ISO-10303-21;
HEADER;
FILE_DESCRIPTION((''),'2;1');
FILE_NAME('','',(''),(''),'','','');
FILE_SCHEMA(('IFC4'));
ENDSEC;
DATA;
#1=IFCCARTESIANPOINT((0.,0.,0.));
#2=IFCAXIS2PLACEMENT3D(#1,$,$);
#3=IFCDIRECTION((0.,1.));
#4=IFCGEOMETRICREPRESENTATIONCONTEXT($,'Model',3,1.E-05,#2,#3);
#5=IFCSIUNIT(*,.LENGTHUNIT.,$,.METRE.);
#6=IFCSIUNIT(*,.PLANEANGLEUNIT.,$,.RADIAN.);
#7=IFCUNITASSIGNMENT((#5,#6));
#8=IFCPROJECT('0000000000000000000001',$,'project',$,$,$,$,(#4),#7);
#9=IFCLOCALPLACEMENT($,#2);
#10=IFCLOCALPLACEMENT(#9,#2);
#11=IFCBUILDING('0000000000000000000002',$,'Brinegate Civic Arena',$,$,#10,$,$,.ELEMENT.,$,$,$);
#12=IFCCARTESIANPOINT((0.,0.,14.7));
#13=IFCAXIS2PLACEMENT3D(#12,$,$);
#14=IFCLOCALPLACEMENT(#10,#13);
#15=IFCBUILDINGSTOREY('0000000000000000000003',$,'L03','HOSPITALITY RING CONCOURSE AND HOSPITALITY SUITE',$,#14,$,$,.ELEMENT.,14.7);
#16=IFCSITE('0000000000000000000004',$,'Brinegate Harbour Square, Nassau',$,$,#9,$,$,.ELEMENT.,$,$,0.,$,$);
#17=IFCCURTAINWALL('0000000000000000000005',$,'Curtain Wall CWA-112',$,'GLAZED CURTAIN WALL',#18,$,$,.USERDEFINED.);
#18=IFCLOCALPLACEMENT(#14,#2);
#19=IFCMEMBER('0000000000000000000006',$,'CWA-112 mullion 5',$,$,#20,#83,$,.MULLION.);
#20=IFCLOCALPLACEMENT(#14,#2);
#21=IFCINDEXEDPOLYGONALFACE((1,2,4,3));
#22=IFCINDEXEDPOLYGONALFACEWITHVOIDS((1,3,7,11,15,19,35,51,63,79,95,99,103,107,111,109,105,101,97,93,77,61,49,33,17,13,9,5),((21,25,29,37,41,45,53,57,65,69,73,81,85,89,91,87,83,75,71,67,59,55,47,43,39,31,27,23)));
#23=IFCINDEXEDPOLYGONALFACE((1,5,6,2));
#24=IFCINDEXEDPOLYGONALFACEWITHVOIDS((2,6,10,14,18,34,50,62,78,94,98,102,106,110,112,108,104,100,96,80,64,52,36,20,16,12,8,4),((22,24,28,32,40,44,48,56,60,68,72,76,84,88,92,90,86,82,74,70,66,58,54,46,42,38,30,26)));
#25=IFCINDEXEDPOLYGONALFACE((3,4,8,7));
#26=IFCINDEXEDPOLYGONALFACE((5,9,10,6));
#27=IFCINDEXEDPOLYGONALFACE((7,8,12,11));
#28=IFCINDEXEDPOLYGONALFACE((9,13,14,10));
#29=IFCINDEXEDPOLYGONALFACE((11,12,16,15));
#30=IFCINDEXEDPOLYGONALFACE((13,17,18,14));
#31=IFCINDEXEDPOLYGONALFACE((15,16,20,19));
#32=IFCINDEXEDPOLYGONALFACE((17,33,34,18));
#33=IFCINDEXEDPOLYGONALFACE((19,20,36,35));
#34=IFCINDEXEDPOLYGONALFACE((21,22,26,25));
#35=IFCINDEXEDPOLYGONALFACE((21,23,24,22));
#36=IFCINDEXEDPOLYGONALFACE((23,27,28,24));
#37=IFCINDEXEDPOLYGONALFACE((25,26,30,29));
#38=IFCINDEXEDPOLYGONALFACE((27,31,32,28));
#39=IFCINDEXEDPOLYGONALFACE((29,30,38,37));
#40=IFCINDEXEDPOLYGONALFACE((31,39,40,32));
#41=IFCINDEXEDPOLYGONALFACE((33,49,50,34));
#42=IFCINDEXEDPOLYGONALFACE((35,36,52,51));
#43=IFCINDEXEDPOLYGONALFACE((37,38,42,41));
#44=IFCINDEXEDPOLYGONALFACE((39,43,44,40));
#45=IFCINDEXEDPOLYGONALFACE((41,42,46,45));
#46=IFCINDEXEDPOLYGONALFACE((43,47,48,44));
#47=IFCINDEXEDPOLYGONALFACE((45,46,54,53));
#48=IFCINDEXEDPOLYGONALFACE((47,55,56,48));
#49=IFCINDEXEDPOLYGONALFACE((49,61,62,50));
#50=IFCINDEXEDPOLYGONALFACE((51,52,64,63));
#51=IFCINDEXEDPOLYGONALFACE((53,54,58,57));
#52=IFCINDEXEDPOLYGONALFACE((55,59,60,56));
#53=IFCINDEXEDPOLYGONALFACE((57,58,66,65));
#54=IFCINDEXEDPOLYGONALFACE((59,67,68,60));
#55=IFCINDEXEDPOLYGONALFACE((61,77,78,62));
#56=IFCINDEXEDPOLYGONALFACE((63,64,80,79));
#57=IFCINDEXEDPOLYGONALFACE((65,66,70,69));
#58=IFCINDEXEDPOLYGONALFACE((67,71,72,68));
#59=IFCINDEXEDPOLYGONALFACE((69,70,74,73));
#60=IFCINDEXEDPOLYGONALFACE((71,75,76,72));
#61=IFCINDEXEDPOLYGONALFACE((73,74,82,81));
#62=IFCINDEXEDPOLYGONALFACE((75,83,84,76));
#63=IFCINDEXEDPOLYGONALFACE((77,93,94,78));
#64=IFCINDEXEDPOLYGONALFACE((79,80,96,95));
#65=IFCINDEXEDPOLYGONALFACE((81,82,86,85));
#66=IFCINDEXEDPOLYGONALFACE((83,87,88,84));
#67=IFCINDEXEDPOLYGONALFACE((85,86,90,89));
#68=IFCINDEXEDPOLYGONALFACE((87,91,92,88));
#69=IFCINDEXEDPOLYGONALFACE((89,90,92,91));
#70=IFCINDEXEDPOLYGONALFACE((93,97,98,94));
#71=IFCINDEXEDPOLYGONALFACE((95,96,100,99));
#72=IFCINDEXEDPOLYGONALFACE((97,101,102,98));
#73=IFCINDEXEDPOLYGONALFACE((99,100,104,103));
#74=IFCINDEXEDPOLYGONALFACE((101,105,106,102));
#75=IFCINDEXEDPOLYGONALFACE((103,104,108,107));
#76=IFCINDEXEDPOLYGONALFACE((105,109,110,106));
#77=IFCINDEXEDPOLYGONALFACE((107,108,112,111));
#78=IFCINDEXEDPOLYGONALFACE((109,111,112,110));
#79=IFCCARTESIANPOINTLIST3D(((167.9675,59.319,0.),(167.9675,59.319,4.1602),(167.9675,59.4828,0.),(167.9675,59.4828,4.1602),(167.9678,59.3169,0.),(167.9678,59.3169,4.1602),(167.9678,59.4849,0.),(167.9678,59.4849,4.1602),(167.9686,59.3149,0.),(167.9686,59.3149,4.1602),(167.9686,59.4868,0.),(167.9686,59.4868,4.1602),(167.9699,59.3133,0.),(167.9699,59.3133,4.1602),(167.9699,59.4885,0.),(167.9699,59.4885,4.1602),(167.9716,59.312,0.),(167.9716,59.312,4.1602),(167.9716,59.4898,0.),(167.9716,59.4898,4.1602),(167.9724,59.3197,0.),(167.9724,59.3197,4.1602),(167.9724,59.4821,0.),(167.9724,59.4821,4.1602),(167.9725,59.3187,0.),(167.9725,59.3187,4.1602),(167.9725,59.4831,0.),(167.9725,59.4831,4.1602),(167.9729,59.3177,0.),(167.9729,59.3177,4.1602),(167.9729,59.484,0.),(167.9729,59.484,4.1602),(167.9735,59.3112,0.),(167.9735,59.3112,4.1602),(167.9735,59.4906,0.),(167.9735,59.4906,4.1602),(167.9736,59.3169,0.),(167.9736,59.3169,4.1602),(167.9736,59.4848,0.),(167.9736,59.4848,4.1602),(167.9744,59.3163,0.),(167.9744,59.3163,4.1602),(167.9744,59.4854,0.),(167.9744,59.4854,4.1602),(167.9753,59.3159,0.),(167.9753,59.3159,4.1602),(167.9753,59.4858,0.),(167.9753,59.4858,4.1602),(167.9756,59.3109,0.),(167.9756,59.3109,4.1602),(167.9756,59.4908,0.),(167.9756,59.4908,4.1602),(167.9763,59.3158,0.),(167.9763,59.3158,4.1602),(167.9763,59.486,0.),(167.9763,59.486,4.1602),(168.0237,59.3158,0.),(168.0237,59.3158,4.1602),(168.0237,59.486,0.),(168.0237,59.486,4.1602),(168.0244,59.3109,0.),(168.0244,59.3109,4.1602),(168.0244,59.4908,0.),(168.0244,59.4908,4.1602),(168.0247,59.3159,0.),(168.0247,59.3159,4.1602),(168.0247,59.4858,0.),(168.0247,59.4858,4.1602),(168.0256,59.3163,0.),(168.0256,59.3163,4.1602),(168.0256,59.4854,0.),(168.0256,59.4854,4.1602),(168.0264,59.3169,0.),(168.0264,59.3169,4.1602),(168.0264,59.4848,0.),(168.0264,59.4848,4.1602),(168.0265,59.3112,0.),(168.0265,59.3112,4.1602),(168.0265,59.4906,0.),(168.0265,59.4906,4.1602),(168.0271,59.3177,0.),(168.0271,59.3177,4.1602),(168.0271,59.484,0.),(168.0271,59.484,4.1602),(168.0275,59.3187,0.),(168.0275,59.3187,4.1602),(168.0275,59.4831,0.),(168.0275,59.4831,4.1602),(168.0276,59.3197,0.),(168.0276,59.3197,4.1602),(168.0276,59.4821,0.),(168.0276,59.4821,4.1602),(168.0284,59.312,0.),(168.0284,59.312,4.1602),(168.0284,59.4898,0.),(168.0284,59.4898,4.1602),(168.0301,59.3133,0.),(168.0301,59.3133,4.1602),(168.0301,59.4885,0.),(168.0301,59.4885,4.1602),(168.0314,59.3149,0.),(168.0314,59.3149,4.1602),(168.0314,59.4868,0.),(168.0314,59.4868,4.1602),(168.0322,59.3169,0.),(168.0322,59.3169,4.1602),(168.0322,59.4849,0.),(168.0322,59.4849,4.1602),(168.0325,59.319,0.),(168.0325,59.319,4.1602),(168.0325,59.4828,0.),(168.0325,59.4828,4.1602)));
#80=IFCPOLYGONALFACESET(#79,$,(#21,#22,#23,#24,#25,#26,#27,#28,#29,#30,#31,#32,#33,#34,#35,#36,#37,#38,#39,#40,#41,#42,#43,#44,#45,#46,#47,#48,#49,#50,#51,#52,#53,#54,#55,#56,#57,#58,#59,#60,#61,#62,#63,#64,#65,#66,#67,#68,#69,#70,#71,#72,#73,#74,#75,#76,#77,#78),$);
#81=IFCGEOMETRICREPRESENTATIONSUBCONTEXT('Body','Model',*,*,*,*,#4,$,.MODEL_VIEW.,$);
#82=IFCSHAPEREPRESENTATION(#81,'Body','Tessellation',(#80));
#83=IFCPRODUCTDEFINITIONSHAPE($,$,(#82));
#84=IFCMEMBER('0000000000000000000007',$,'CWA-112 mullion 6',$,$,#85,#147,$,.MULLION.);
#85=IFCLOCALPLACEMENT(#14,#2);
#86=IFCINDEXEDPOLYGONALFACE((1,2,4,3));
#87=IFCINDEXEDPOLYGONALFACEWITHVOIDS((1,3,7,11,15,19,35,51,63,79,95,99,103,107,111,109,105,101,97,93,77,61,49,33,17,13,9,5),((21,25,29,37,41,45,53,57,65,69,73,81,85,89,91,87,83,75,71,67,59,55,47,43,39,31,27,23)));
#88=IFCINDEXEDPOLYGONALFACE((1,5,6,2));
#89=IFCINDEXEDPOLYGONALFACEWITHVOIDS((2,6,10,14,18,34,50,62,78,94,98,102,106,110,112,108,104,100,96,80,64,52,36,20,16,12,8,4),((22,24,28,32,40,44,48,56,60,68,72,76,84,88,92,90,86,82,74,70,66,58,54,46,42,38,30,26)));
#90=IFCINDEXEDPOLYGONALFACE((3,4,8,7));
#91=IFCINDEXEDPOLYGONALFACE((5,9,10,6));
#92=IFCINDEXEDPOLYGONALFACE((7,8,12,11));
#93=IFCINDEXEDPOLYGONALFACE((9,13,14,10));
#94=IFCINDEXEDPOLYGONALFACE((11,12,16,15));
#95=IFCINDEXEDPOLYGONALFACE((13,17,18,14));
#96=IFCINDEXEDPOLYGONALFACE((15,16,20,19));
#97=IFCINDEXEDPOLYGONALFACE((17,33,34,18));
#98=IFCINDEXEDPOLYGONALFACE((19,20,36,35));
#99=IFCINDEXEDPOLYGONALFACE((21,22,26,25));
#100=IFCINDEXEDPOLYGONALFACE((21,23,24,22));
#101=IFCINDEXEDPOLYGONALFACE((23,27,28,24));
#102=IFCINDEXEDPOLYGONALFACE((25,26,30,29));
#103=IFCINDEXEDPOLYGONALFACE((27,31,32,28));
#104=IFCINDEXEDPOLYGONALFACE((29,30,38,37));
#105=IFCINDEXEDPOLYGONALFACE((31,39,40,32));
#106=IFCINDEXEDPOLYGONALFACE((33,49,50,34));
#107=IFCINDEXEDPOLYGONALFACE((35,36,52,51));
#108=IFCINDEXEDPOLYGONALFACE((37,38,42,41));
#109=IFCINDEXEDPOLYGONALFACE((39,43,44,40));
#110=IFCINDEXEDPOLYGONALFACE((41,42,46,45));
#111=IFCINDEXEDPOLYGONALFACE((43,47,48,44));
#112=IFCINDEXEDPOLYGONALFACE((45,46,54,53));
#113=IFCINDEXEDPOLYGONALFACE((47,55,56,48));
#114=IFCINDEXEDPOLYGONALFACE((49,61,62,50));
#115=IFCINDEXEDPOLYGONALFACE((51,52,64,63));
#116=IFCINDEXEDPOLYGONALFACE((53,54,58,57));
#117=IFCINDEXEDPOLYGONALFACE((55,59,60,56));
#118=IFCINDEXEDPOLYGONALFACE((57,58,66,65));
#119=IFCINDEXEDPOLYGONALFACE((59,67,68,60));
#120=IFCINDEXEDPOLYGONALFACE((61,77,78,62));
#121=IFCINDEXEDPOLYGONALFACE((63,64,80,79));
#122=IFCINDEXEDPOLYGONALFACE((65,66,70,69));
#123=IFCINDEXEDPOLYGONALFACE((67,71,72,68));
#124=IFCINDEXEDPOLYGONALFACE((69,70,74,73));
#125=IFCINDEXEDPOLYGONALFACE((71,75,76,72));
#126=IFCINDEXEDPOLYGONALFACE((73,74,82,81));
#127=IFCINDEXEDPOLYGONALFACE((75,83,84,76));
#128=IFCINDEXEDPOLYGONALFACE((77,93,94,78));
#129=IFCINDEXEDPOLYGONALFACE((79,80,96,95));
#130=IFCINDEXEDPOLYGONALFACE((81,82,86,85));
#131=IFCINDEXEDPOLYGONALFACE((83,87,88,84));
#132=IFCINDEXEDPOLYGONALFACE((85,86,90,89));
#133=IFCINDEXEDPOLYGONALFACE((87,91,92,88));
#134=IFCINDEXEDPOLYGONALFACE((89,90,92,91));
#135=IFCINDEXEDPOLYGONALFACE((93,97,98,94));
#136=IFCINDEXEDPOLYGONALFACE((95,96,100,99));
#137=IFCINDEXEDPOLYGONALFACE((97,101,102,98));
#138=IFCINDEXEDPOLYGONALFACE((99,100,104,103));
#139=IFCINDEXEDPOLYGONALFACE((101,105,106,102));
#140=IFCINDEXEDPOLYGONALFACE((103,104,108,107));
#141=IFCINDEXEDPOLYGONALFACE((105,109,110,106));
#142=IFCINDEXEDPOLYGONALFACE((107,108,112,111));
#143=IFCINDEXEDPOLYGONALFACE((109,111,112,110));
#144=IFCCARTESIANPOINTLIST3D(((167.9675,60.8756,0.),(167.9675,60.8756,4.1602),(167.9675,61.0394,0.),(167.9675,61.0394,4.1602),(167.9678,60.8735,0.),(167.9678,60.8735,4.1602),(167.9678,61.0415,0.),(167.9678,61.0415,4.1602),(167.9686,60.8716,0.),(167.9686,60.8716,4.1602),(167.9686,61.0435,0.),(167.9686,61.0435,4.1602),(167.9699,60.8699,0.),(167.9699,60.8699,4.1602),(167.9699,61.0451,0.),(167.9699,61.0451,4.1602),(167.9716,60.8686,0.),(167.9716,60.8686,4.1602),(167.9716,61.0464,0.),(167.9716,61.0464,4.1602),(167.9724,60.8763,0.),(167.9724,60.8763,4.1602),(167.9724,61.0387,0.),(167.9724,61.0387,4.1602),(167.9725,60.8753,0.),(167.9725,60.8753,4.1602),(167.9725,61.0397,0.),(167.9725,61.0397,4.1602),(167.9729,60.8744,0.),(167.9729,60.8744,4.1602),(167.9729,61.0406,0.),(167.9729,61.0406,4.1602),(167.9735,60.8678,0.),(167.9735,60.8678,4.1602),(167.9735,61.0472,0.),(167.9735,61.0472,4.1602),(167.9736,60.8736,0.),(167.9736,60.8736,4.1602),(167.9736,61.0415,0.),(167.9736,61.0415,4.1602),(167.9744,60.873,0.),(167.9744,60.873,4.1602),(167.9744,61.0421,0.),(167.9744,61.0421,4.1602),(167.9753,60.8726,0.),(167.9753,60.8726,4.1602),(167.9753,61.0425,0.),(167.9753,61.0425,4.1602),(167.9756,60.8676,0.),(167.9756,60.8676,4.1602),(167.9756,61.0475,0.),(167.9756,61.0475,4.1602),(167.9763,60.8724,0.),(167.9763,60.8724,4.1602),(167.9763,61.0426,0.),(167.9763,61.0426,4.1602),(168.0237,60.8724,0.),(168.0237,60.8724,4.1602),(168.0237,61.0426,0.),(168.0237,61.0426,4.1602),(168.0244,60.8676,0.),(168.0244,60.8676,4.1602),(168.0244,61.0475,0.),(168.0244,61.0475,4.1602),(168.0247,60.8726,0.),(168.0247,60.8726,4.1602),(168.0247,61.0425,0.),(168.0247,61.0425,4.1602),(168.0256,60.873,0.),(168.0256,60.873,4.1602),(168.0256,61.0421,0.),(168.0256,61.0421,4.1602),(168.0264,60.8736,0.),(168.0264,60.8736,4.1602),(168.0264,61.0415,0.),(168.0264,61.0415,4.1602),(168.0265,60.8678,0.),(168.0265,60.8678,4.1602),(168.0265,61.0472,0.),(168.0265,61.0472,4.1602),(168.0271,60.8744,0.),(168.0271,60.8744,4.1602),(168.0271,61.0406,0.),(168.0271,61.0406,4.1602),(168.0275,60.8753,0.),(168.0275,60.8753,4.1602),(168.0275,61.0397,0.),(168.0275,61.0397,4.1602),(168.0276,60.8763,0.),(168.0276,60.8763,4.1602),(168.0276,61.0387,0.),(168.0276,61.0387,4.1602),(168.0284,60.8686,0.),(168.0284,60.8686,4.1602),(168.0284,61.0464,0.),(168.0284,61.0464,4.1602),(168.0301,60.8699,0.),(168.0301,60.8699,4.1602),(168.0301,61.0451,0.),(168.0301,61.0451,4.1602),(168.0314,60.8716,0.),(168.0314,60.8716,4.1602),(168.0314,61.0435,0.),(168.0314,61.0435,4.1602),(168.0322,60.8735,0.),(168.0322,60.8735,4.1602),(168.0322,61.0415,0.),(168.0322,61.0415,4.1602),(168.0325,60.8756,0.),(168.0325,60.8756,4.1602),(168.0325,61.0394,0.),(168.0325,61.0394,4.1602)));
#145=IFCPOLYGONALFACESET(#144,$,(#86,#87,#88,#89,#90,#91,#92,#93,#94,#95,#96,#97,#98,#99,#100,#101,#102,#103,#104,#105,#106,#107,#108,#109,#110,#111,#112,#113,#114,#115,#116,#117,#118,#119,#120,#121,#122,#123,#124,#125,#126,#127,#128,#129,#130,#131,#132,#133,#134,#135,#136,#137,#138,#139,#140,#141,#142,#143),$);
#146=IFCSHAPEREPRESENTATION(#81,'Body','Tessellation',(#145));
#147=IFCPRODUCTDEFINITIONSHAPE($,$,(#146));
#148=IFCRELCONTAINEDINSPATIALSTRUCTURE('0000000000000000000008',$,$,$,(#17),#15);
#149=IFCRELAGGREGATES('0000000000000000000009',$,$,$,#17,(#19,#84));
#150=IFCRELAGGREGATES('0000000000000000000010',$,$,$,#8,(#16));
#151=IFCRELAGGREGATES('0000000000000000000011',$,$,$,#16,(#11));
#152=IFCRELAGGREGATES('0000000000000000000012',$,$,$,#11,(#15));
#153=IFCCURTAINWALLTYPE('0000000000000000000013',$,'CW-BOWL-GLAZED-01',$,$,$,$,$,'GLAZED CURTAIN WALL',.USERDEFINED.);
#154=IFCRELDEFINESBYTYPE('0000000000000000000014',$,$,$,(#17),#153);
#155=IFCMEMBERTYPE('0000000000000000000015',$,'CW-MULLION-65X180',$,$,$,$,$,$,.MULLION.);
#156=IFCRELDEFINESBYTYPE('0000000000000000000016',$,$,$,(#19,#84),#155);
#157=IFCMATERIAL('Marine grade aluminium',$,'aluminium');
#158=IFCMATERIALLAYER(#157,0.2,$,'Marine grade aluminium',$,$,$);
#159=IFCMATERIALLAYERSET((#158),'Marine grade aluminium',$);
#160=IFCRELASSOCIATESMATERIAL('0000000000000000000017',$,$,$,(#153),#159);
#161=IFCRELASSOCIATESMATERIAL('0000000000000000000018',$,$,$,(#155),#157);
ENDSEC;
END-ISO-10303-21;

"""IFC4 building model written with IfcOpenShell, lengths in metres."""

from ifc_helpers import new_model, si_unit, direction, frame, origin, origin_2d, place, context, subcontext, project, spatial, hollow_rectangle, extrude, material, layer, layer_set, material_profile, profile_set, type_object, element, aggregate, save


model = new_model("IFC4")

# Units and contexts
model_context = context("Model", 3, precision=1e-05, world=origin(), true_north=direction((0.0, 1.0)))
body_context = subcontext(model_context, "Body", "Model", "MODEL_VIEW")
ifc_project = project(units=[si_unit("LENGTHUNIT", "METRE"), si_unit("PLANEANGLEUNIT", "RADIAN")], contexts=[model_context])

# Site, building, storey
site_placement = place(None, origin())
site = spatial("IfcSite", under=ifc_project, at=site_placement, Name="Brinegate Harbour Square, Nassau", CompositionType="ELEMENT", RefElevation=0.0)
building_placement = place(site_placement, origin())
building = spatial("IfcBuilding", under=site, at=building_placement, Name="Brinegate Civic Arena", CompositionType="ELEMENT")
storey_placement = place(building_placement, frame((0.0, 0.0, 14.7)))
storey = spatial("IfcBuildingStorey", under=building, at=storey_placement, Name="L03", Description="HOSPITALITY RING CONCOURSE AND HOSPITALITY SUITE", CompositionType="ELEMENT", Elevation=14.7)

# Curtain wall, members
ifc_material_1 = material(Name="Marine grade aluminium", Category="aluminium")
ifc_layer_1 = layer(ifc_material_1, 0.2, Name="Marine grade aluminium")
ifc_layer_set_1 = layer_set([ifc_layer_1], Name="Marine grade aluminium")
curtain_wall_type = type_object("IfcCurtainWallType", Name="CW-BOWL-GLAZED-01", ElementType="GLAZED CURTAIN WALL", PredefinedType="USERDEFINED", material=ifc_layer_set_1)
curtain_wall_1_placement = place(storey_placement, origin())
curtain_wall_1 = element("IfcCurtainWall", 1, at=curtain_wall_1_placement, inside=storey, type_object=curtain_wall_type, Name="Curtain Wall CWA-112", ObjectType="GLAZED CURTAIN WALL", PredefinedType="USERDEFINED")
ifc_material_profile_1 = material_profile(ifc_material_1, hollow_rectangle(XDim=0.0649, YDim=0.1799, WallThickness=0.0049, InnerFilletRadius=0.0039, OuterFilletRadius=0.0081, at=origin_2d()), Name="MUL65X180")
ifc_profile_set_1 = profile_set([ifc_material_profile_1], Name="Marine grade aluminium")
member_type_1 = type_object("IfcMemberType", Name="CW-MULLION-65X180", PredefinedType="MULLION", material=ifc_profile_set_1)
member_1_placement = place(storey_placement, frame((168.0, 59.4009, 0.0), z_axis=(0.0, 0.0, 1.0), x_axis=(-1.0, 0.0, 0.0)))
member_1 = element("IfcMember", 2, at=member_1_placement, type_object=member_type_1, Name="CWA-112 mullion 5", PredefinedType="MULLION", context=body_context, shape_type="SweptSolid", body=[
    extrude(hollow_rectangle(XDim=0.0649, YDim=0.1799, WallThickness=0.0049, InnerFilletRadius=0.0039, OuterFilletRadius=0.0081, at=origin_2d()), origin(), (0.0, 0.0, 1.0), 4.1602),
])
member_2_placement = place(storey_placement, frame((168.0, 60.9575, 0.0), z_axis=(0.0, 0.0, 1.0), x_axis=(-1.0, 0.0, 0.0)))
member_2 = element("IfcMember", 3, at=member_2_placement, type_object=member_type_1, Name="CWA-112 mullion 6", PredefinedType="MULLION", context=body_context, shape_type="SweptSolid", body=[
    extrude(hollow_rectangle(XDim=0.0649, YDim=0.1799, WallThickness=0.0049, InnerFilletRadius=0.0039, OuterFilletRadius=0.0081, at=origin_2d()), origin(), (0.0, 0.0, 1.0), 4.1602),
])

aggregate(curtain_wall_1, [member_1, member_2])

save(model, "model.ifc")
